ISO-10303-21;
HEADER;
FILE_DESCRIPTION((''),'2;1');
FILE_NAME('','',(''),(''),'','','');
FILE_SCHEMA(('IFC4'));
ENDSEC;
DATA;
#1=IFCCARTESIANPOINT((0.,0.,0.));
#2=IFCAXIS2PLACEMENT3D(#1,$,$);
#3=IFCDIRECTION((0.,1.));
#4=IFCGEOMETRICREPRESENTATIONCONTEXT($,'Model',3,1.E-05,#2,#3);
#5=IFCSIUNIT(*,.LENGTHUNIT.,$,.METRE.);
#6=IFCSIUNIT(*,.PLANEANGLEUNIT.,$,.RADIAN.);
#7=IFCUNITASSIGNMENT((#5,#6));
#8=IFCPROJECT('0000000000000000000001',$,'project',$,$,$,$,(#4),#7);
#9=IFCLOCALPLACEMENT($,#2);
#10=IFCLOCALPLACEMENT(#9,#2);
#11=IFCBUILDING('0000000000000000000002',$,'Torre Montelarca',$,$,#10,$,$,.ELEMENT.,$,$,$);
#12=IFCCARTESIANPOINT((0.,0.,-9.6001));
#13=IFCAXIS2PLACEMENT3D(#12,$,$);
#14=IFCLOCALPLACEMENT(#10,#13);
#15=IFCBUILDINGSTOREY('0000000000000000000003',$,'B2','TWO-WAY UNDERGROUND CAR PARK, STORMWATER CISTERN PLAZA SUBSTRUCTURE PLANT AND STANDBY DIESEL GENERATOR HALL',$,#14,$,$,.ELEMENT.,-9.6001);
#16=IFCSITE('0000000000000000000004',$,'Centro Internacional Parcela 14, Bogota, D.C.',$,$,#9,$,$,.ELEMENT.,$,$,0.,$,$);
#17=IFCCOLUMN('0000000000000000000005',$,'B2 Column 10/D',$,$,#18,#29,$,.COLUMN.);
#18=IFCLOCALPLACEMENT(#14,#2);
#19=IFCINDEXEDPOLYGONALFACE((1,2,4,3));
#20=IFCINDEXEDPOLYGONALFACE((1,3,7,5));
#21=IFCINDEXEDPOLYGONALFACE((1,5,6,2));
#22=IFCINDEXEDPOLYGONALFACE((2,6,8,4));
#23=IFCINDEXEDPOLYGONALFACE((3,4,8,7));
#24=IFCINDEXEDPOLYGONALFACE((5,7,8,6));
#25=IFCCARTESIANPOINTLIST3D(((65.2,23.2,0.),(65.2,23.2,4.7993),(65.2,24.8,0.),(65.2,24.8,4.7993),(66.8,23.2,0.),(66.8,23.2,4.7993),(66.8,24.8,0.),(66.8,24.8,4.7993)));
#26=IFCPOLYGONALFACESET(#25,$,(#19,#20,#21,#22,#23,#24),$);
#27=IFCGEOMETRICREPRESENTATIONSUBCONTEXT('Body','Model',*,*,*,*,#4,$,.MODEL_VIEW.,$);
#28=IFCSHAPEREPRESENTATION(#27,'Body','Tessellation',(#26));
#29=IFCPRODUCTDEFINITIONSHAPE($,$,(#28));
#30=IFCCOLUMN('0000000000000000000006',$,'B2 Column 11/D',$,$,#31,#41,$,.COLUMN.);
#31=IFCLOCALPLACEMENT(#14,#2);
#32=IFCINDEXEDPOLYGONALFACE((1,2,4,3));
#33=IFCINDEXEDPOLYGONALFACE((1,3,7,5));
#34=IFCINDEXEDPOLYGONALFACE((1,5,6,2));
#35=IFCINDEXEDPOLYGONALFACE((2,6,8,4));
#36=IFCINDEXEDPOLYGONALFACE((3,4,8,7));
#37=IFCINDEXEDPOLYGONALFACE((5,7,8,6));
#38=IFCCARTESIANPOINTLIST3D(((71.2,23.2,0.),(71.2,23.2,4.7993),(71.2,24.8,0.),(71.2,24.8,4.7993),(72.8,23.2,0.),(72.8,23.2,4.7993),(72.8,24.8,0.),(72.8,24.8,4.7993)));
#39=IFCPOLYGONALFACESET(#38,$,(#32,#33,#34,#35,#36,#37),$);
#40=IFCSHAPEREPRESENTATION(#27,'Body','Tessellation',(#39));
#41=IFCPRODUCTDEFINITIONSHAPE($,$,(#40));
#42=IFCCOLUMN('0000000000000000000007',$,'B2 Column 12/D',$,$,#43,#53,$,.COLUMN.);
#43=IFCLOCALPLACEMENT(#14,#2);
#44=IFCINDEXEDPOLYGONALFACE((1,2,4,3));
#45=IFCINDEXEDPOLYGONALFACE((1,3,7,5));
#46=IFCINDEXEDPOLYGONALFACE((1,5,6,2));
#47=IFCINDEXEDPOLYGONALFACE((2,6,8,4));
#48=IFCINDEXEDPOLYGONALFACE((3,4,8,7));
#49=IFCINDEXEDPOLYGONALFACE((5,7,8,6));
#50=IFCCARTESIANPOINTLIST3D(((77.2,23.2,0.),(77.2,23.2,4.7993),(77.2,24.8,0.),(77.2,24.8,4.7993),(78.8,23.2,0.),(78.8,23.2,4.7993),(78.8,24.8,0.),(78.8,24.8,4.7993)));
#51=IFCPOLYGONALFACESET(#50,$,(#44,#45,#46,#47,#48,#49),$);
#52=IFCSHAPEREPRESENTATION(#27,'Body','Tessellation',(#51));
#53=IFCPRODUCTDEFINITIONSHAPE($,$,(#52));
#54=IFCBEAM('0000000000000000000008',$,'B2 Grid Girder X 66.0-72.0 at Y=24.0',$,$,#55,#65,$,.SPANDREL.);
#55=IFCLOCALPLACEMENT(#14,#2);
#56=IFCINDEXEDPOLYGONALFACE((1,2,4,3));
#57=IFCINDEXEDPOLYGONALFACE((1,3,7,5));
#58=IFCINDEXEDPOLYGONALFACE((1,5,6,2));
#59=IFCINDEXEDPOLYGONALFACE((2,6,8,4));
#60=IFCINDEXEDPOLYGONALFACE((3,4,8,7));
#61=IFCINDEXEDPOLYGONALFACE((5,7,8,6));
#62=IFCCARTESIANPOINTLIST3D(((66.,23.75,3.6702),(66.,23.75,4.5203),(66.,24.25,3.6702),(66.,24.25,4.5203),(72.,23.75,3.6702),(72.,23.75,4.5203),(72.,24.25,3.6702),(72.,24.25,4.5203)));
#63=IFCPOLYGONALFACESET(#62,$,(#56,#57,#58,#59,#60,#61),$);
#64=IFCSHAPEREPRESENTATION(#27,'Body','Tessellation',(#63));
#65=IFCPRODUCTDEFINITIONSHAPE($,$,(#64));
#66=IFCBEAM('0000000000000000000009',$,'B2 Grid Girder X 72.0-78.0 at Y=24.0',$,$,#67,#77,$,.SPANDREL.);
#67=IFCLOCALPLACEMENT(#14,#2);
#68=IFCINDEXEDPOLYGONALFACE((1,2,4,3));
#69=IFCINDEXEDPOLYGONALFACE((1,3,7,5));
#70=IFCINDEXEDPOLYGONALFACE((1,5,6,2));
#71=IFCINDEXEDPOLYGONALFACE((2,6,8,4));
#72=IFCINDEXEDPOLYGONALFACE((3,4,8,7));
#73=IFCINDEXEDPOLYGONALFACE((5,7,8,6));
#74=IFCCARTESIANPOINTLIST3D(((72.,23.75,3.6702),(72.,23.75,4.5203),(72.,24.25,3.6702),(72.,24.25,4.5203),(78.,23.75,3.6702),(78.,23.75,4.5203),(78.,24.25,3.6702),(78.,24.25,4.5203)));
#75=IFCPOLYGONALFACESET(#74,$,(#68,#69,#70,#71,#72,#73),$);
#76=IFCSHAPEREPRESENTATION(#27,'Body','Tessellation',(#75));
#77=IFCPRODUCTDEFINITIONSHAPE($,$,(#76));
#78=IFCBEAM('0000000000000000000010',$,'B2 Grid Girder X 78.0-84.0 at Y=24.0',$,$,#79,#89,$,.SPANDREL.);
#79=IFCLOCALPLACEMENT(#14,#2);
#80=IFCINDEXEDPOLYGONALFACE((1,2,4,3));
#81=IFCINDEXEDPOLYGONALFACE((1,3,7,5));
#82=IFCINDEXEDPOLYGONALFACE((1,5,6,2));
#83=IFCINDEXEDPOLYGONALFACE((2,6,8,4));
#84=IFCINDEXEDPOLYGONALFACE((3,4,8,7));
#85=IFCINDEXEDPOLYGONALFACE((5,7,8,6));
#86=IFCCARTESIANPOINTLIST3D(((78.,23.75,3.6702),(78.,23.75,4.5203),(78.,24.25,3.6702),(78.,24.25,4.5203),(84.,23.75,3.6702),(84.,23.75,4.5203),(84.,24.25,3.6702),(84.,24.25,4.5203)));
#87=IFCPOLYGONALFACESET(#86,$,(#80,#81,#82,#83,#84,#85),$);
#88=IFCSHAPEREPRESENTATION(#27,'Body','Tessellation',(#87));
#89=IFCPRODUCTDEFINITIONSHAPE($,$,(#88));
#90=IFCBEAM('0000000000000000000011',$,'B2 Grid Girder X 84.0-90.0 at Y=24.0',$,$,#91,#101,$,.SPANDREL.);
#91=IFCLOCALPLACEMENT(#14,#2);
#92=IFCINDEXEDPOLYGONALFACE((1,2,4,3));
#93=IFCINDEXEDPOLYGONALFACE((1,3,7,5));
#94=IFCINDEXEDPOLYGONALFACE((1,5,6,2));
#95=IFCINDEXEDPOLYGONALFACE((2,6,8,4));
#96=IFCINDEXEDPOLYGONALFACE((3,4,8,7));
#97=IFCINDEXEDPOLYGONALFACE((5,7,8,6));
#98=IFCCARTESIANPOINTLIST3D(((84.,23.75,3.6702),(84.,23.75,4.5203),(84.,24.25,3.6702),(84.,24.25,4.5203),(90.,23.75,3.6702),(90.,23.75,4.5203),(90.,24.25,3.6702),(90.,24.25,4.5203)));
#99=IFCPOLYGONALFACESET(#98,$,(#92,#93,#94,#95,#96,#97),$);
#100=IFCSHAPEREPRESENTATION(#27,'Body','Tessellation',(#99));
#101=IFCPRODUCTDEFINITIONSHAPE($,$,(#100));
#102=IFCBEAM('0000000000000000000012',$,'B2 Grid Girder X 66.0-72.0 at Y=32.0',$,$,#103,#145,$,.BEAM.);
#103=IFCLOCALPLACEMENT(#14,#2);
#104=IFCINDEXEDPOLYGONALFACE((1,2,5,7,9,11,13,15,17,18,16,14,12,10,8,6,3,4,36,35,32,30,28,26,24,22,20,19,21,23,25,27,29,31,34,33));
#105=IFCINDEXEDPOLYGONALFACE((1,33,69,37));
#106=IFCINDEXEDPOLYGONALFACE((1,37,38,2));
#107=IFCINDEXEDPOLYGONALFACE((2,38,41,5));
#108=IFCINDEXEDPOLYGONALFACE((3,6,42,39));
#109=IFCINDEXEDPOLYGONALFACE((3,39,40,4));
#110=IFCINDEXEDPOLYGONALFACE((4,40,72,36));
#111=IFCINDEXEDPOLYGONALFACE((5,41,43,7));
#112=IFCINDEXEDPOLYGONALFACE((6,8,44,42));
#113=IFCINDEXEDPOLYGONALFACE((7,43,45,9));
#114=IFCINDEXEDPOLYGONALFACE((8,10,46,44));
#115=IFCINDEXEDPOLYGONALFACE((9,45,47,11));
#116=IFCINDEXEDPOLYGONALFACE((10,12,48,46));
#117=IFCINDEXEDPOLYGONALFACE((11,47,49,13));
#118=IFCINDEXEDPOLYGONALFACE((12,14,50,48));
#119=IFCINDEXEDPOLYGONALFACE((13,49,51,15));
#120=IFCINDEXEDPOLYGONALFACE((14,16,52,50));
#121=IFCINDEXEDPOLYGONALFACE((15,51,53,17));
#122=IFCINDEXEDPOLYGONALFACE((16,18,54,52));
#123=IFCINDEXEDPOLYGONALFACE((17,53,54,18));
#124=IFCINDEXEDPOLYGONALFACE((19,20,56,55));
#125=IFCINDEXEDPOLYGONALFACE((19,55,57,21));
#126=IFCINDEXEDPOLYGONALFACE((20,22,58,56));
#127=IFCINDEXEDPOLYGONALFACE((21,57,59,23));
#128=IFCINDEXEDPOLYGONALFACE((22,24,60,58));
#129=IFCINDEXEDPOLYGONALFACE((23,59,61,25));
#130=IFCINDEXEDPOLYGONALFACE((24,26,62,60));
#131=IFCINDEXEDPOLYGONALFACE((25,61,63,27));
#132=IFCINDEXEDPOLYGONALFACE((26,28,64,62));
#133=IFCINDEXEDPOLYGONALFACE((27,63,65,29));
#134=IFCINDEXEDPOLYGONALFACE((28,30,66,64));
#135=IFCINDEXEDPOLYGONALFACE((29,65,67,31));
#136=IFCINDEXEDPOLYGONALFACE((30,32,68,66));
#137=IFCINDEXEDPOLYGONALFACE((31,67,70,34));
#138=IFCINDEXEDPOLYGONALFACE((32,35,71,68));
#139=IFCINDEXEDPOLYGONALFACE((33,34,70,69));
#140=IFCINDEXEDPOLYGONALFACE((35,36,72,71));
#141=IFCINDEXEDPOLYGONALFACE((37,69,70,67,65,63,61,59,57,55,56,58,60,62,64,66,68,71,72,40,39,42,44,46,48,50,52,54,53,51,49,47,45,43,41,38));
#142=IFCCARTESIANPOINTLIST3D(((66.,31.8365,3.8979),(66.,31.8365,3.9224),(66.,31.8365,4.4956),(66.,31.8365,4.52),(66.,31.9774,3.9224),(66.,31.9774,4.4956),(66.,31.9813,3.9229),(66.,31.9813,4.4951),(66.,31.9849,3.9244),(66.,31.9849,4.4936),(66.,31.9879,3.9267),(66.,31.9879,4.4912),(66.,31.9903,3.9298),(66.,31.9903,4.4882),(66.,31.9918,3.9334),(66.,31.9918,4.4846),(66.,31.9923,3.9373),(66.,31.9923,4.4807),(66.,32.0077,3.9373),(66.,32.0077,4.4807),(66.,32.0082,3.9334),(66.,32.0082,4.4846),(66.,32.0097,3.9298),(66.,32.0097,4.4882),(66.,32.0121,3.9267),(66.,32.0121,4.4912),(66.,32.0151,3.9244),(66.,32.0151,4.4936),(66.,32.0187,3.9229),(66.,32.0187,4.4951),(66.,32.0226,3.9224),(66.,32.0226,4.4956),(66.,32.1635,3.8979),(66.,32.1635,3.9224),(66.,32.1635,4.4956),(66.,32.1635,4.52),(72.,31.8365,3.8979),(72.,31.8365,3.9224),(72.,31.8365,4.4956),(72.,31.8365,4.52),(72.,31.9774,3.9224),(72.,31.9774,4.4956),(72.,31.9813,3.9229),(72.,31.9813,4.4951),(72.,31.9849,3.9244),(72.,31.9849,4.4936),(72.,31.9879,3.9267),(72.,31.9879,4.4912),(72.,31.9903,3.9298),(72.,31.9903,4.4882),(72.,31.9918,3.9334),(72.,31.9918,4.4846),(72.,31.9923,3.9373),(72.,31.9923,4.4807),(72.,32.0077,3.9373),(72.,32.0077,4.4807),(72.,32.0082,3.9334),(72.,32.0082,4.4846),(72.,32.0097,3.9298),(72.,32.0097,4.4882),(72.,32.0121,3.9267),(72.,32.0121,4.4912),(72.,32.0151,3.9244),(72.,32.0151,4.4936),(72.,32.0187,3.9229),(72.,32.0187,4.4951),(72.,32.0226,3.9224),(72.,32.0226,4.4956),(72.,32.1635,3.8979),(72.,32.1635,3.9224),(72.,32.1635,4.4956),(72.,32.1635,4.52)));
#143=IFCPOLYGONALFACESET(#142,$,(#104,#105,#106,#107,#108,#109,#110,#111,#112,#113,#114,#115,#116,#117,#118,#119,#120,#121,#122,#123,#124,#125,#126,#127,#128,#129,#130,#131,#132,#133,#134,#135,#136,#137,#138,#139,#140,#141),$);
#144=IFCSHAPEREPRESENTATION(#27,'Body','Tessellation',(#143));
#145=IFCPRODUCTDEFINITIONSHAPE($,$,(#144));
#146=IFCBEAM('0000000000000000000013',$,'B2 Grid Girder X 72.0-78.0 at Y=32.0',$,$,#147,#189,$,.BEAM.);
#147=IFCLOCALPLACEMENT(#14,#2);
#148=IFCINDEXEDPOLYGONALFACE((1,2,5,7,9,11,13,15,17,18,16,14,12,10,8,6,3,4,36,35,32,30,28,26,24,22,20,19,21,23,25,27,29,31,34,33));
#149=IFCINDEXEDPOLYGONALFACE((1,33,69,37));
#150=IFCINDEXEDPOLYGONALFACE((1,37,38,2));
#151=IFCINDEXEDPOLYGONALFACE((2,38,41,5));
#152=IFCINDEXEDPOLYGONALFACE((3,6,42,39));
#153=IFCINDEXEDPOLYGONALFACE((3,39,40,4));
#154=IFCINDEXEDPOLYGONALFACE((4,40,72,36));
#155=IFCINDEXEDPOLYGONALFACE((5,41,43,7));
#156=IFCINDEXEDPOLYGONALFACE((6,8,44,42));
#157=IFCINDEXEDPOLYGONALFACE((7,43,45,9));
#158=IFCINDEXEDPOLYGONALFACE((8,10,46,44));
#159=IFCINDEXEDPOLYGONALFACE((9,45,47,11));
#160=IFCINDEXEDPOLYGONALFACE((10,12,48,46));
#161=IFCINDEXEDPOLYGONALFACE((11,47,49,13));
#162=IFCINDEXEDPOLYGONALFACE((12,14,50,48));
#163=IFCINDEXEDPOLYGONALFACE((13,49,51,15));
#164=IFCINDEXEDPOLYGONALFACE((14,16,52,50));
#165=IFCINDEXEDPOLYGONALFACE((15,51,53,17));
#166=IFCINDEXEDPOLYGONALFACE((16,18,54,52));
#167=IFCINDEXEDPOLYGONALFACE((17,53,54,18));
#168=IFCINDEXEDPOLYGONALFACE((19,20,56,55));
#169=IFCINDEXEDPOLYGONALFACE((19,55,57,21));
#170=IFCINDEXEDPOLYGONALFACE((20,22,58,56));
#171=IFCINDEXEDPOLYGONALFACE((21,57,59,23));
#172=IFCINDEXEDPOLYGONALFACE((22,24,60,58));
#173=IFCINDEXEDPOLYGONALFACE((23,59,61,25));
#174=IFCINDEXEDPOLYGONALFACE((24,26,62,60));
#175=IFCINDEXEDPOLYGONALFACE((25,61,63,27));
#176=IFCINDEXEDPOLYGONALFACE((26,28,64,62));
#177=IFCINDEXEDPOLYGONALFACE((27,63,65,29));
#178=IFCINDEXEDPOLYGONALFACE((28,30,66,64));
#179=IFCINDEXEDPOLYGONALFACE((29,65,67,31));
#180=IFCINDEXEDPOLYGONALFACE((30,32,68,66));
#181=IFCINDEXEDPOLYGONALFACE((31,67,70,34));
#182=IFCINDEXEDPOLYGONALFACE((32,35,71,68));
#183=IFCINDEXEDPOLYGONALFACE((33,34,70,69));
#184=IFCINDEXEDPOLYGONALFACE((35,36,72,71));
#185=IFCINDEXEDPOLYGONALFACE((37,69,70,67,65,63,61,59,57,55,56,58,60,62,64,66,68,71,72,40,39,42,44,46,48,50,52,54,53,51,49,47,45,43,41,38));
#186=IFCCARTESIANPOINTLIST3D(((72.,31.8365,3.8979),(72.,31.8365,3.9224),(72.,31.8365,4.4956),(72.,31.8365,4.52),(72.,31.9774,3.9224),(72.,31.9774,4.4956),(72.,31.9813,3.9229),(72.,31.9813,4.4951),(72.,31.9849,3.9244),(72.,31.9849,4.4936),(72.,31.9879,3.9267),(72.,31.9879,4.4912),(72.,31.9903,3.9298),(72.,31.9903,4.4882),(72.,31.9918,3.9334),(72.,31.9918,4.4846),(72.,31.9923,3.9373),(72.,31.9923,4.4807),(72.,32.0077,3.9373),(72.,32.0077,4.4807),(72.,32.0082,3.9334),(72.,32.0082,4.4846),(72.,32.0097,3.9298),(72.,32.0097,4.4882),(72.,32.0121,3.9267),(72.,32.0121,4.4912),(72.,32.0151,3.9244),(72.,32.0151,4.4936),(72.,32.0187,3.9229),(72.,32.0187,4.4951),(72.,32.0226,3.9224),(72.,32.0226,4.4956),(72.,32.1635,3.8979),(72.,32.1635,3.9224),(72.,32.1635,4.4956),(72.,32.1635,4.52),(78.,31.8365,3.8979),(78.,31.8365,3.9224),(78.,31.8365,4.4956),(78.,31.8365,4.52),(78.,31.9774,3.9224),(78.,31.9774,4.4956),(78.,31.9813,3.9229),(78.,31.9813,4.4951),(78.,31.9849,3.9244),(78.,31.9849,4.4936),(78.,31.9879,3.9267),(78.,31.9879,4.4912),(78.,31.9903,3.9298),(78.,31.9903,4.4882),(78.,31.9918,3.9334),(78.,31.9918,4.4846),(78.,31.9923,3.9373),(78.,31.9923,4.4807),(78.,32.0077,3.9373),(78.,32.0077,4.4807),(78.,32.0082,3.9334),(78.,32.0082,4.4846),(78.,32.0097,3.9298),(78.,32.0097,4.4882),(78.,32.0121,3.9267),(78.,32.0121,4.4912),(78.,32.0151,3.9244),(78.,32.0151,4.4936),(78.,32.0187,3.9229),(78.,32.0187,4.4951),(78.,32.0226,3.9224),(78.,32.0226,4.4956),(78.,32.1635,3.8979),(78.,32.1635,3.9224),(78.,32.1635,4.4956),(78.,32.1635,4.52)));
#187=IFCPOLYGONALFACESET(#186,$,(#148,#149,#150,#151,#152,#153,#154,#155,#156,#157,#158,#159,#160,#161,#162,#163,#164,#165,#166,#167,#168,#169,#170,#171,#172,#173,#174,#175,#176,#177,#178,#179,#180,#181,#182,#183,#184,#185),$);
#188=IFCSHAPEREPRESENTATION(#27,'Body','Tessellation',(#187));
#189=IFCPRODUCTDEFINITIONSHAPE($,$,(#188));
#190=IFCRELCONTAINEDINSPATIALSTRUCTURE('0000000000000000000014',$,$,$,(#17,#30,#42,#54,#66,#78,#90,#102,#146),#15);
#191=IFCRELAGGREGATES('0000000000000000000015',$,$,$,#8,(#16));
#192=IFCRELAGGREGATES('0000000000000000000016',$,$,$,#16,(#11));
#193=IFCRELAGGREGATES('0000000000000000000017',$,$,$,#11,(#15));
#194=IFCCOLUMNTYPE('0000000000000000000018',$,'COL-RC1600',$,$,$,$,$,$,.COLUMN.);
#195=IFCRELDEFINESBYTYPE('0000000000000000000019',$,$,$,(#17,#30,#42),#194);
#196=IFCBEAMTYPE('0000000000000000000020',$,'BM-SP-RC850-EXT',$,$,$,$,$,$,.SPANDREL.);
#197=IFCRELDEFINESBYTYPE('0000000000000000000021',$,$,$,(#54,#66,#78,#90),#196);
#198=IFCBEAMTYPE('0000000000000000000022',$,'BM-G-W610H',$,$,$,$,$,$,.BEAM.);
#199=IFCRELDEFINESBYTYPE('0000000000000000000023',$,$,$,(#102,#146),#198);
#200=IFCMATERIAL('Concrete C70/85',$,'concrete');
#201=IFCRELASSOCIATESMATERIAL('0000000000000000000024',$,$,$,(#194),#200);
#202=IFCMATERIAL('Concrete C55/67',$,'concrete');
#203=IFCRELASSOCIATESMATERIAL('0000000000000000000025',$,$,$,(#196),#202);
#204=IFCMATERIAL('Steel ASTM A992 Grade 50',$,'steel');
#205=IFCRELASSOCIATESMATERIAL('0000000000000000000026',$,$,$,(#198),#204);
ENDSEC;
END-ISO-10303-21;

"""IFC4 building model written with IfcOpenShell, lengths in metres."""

from ifc_helpers import new_model, si_unit, direction, frame, origin, origin_2d, place, context, subcontext, project, spatial, rectangle, i_section, extrude, source, transform, mapped, material, material_profile, profile_set, type_object, element, save


model = new_model("IFC4")

# Units and contexts
model_context = context("Model", 3, precision=1e-05, world=origin(), true_north=direction((0.0, 1.0)))
body_context = subcontext(model_context, "Body", "Model", "MODEL_VIEW")
ifc_project = project(units=[si_unit("LENGTHUNIT", "METRE"), si_unit("PLANEANGLEUNIT", "RADIAN")], contexts=[model_context])

# Site, building, storey
site_placement = place(None, origin())
site = spatial("IfcSite", under=ifc_project, at=site_placement, Name="Centro Internacional Parcela 14, Bogota, D.C.", CompositionType="ELEMENT", RefElevation=0.0)
building_placement = place(site_placement, origin())
building = spatial("IfcBuilding", under=site, at=building_placement, Name="Torre Montelarca", CompositionType="ELEMENT")
storey_placement = place(building_placement, frame((0.0, 0.0, -9.6001)))
storey = spatial("IfcBuildingStorey", under=building, at=storey_placement, Name="B2", Description="TWO-WAY UNDERGROUND CAR PARK, STORMWATER CISTERN PLAZA SUBSTRUCTURE PLANT AND STANDBY DIESEL GENERATOR HALL", CompositionType="ELEMENT", Elevation=-9.6001)

# Columns
ifc_material_1 = material(Name="Concrete C70/85", Category="concrete")
ifc_material_profile_1 = material_profile(ifc_material_1, rectangle(XDim=1.6001, YDim=1.6001, at=origin_2d()), Name="RC1600X1600", Category="concrete")
ifc_profile_set_1 = profile_set([ifc_material_profile_1], Name="Concrete C70/85")
column_type_1 = type_object("IfcColumnType", Name="COL-RC1600", PredefinedType="COLUMN", material=ifc_profile_set_1)
shared_shape_1 = source(origin(), body_context, "Body", "SweptSolid", [
    extrude(rectangle(XDim=1.6001, YDim=1.6001, at=origin_2d()), origin(), (0.0, 0.0, 1.0), 4.7993),
])
for number, where, z_axis, x_axis, name in (
    (1, (66.0, 24.0, 0.0), (0.0, 0.0, 1.0), (1.0, 0.0, 0.0), "B2 Column 10/D"),
    (2, (72.0, 24.0, 0.0), (0.0, 0.0, 1.0), (1.0, 0.0, 0.0), "B2 Column 11/D"),
    (3, (78.0, 24.0, 0.0), (0.0, 0.0, 1.0), (1.0, 0.0, 0.0), "B2 Column 12/D"),
):
    element("IfcColumn", number, at=place(storey_placement, frame(where, z_axis=z_axis, x_axis=x_axis)), inside=storey, type_object=column_type_1, Name=name, PredefinedType="COLUMN", context=body_context, shape_type="MappedRepresentation", body=[
        mapped(shared_shape_1, transform((0.0, 0.0, 0.0), scale=1.0)),
    ])

# Beams
ifc_material_2 = material(Name="Concrete C55/67", Category="concrete")
ifc_material_profile_2 = material_profile(ifc_material_2, rectangle(XDim=0.5, YDim=0.8501, at=origin_2d()), Name="RCB500X850", Category="concrete")
ifc_profile_set_2 = profile_set([ifc_material_profile_2], Name="Concrete C55/67")
beam_type_1 = type_object("IfcBeamType", Name="BM-SP-RC850-EXT", PredefinedType="SPANDREL", material=ifc_profile_set_2)
shared_shape_2 = source(origin(), body_context, "Body", "SweptSolid", [
    extrude(rectangle(XDim=0.5, YDim=0.8501, at=origin_2d()), origin(), (0.0, 0.0, 1.0), 6.0),
])
for number, where, z_axis, x_axis, name in (
    (4, (66.0, 24.0, 4.0952), (1.0, 0.0, 0.0), (0.0, 1.0, 0.0), "B2 Grid Girder X 66.0-72.0 at Y=24.0"),
    (5, (72.0, 24.0, 4.0952), (1.0, 0.0, 0.0), (0.0, 1.0, 0.0), "B2 Grid Girder X 72.0-78.0 at Y=24.0"),
    (6, (78.0, 24.0, 4.0952), (1.0, 0.0, 0.0), (0.0, 1.0, 0.0), "B2 Grid Girder X 78.0-84.0 at Y=24.0"),
    (7, (84.0, 24.0, 4.0952), (1.0, 0.0, 0.0), (0.0, 1.0, 0.0), "B2 Grid Girder X 84.0-90.0 at Y=24.0"),
):
    element("IfcBeam", number, at=place(storey_placement, frame(where, z_axis=z_axis, x_axis=x_axis)), inside=storey, type_object=beam_type_1, Name=name, PredefinedType="SPANDREL", context=body_context, shape_type="MappedRepresentation", body=[
        mapped(shared_shape_2, transform((0.0, 0.0, 0.0), scale=1.0)),
    ])
ifc_material_3 = material(Name="Steel ASTM A992 Grade 50", Category="steel")
ifc_material_profile_3 = material_profile(ifc_material_3, i_section(OverallWidth=0.3269, OverallDepth=0.6221, WebThickness=0.0154, FlangeThickness=0.0244, FilletRadius=0.0149, at=origin_2d()), Name="W610X195", Category="steel")
ifc_profile_set_3 = profile_set([ifc_material_profile_3], Name="Steel ASTM A992 Grade 50")
beam_type_2 = type_object("IfcBeamType", Name="BM-G-W610H", PredefinedType="BEAM", material=ifc_profile_set_3)
shared_shape_3 = source(origin(), body_context, "Body", "SweptSolid", [
    extrude(i_section(OverallWidth=0.3269, OverallDepth=0.6221, WebThickness=0.0154, FlangeThickness=0.0244, FilletRadius=0.0149, at=origin_2d()), origin(), (0.0, 0.0, 1.0), 6.0),
])
for number, where, z_axis, x_axis, name in (
    (8, (66.0, 32.0, 4.209), (1.0, 0.0, 0.0), (0.0, 1.0, 0.0), "B2 Grid Girder X 66.0-72.0 at Y=32.0"),
    (9, (72.0, 32.0, 4.209), (1.0, 0.0, 0.0), (0.0, 1.0, 0.0), "B2 Grid Girder X 72.0-78.0 at Y=32.0"),
):
    element("IfcBeam", number, at=place(storey_placement, frame(where, z_axis=z_axis, x_axis=x_axis)), inside=storey, type_object=beam_type_2, Name=name, PredefinedType="BEAM", context=body_context, shape_type="MappedRepresentation", body=[
        mapped(shared_shape_3, transform((0.0, 0.0, 0.0), scale=1.0)),
    ])

save(model, "model.ifc")
